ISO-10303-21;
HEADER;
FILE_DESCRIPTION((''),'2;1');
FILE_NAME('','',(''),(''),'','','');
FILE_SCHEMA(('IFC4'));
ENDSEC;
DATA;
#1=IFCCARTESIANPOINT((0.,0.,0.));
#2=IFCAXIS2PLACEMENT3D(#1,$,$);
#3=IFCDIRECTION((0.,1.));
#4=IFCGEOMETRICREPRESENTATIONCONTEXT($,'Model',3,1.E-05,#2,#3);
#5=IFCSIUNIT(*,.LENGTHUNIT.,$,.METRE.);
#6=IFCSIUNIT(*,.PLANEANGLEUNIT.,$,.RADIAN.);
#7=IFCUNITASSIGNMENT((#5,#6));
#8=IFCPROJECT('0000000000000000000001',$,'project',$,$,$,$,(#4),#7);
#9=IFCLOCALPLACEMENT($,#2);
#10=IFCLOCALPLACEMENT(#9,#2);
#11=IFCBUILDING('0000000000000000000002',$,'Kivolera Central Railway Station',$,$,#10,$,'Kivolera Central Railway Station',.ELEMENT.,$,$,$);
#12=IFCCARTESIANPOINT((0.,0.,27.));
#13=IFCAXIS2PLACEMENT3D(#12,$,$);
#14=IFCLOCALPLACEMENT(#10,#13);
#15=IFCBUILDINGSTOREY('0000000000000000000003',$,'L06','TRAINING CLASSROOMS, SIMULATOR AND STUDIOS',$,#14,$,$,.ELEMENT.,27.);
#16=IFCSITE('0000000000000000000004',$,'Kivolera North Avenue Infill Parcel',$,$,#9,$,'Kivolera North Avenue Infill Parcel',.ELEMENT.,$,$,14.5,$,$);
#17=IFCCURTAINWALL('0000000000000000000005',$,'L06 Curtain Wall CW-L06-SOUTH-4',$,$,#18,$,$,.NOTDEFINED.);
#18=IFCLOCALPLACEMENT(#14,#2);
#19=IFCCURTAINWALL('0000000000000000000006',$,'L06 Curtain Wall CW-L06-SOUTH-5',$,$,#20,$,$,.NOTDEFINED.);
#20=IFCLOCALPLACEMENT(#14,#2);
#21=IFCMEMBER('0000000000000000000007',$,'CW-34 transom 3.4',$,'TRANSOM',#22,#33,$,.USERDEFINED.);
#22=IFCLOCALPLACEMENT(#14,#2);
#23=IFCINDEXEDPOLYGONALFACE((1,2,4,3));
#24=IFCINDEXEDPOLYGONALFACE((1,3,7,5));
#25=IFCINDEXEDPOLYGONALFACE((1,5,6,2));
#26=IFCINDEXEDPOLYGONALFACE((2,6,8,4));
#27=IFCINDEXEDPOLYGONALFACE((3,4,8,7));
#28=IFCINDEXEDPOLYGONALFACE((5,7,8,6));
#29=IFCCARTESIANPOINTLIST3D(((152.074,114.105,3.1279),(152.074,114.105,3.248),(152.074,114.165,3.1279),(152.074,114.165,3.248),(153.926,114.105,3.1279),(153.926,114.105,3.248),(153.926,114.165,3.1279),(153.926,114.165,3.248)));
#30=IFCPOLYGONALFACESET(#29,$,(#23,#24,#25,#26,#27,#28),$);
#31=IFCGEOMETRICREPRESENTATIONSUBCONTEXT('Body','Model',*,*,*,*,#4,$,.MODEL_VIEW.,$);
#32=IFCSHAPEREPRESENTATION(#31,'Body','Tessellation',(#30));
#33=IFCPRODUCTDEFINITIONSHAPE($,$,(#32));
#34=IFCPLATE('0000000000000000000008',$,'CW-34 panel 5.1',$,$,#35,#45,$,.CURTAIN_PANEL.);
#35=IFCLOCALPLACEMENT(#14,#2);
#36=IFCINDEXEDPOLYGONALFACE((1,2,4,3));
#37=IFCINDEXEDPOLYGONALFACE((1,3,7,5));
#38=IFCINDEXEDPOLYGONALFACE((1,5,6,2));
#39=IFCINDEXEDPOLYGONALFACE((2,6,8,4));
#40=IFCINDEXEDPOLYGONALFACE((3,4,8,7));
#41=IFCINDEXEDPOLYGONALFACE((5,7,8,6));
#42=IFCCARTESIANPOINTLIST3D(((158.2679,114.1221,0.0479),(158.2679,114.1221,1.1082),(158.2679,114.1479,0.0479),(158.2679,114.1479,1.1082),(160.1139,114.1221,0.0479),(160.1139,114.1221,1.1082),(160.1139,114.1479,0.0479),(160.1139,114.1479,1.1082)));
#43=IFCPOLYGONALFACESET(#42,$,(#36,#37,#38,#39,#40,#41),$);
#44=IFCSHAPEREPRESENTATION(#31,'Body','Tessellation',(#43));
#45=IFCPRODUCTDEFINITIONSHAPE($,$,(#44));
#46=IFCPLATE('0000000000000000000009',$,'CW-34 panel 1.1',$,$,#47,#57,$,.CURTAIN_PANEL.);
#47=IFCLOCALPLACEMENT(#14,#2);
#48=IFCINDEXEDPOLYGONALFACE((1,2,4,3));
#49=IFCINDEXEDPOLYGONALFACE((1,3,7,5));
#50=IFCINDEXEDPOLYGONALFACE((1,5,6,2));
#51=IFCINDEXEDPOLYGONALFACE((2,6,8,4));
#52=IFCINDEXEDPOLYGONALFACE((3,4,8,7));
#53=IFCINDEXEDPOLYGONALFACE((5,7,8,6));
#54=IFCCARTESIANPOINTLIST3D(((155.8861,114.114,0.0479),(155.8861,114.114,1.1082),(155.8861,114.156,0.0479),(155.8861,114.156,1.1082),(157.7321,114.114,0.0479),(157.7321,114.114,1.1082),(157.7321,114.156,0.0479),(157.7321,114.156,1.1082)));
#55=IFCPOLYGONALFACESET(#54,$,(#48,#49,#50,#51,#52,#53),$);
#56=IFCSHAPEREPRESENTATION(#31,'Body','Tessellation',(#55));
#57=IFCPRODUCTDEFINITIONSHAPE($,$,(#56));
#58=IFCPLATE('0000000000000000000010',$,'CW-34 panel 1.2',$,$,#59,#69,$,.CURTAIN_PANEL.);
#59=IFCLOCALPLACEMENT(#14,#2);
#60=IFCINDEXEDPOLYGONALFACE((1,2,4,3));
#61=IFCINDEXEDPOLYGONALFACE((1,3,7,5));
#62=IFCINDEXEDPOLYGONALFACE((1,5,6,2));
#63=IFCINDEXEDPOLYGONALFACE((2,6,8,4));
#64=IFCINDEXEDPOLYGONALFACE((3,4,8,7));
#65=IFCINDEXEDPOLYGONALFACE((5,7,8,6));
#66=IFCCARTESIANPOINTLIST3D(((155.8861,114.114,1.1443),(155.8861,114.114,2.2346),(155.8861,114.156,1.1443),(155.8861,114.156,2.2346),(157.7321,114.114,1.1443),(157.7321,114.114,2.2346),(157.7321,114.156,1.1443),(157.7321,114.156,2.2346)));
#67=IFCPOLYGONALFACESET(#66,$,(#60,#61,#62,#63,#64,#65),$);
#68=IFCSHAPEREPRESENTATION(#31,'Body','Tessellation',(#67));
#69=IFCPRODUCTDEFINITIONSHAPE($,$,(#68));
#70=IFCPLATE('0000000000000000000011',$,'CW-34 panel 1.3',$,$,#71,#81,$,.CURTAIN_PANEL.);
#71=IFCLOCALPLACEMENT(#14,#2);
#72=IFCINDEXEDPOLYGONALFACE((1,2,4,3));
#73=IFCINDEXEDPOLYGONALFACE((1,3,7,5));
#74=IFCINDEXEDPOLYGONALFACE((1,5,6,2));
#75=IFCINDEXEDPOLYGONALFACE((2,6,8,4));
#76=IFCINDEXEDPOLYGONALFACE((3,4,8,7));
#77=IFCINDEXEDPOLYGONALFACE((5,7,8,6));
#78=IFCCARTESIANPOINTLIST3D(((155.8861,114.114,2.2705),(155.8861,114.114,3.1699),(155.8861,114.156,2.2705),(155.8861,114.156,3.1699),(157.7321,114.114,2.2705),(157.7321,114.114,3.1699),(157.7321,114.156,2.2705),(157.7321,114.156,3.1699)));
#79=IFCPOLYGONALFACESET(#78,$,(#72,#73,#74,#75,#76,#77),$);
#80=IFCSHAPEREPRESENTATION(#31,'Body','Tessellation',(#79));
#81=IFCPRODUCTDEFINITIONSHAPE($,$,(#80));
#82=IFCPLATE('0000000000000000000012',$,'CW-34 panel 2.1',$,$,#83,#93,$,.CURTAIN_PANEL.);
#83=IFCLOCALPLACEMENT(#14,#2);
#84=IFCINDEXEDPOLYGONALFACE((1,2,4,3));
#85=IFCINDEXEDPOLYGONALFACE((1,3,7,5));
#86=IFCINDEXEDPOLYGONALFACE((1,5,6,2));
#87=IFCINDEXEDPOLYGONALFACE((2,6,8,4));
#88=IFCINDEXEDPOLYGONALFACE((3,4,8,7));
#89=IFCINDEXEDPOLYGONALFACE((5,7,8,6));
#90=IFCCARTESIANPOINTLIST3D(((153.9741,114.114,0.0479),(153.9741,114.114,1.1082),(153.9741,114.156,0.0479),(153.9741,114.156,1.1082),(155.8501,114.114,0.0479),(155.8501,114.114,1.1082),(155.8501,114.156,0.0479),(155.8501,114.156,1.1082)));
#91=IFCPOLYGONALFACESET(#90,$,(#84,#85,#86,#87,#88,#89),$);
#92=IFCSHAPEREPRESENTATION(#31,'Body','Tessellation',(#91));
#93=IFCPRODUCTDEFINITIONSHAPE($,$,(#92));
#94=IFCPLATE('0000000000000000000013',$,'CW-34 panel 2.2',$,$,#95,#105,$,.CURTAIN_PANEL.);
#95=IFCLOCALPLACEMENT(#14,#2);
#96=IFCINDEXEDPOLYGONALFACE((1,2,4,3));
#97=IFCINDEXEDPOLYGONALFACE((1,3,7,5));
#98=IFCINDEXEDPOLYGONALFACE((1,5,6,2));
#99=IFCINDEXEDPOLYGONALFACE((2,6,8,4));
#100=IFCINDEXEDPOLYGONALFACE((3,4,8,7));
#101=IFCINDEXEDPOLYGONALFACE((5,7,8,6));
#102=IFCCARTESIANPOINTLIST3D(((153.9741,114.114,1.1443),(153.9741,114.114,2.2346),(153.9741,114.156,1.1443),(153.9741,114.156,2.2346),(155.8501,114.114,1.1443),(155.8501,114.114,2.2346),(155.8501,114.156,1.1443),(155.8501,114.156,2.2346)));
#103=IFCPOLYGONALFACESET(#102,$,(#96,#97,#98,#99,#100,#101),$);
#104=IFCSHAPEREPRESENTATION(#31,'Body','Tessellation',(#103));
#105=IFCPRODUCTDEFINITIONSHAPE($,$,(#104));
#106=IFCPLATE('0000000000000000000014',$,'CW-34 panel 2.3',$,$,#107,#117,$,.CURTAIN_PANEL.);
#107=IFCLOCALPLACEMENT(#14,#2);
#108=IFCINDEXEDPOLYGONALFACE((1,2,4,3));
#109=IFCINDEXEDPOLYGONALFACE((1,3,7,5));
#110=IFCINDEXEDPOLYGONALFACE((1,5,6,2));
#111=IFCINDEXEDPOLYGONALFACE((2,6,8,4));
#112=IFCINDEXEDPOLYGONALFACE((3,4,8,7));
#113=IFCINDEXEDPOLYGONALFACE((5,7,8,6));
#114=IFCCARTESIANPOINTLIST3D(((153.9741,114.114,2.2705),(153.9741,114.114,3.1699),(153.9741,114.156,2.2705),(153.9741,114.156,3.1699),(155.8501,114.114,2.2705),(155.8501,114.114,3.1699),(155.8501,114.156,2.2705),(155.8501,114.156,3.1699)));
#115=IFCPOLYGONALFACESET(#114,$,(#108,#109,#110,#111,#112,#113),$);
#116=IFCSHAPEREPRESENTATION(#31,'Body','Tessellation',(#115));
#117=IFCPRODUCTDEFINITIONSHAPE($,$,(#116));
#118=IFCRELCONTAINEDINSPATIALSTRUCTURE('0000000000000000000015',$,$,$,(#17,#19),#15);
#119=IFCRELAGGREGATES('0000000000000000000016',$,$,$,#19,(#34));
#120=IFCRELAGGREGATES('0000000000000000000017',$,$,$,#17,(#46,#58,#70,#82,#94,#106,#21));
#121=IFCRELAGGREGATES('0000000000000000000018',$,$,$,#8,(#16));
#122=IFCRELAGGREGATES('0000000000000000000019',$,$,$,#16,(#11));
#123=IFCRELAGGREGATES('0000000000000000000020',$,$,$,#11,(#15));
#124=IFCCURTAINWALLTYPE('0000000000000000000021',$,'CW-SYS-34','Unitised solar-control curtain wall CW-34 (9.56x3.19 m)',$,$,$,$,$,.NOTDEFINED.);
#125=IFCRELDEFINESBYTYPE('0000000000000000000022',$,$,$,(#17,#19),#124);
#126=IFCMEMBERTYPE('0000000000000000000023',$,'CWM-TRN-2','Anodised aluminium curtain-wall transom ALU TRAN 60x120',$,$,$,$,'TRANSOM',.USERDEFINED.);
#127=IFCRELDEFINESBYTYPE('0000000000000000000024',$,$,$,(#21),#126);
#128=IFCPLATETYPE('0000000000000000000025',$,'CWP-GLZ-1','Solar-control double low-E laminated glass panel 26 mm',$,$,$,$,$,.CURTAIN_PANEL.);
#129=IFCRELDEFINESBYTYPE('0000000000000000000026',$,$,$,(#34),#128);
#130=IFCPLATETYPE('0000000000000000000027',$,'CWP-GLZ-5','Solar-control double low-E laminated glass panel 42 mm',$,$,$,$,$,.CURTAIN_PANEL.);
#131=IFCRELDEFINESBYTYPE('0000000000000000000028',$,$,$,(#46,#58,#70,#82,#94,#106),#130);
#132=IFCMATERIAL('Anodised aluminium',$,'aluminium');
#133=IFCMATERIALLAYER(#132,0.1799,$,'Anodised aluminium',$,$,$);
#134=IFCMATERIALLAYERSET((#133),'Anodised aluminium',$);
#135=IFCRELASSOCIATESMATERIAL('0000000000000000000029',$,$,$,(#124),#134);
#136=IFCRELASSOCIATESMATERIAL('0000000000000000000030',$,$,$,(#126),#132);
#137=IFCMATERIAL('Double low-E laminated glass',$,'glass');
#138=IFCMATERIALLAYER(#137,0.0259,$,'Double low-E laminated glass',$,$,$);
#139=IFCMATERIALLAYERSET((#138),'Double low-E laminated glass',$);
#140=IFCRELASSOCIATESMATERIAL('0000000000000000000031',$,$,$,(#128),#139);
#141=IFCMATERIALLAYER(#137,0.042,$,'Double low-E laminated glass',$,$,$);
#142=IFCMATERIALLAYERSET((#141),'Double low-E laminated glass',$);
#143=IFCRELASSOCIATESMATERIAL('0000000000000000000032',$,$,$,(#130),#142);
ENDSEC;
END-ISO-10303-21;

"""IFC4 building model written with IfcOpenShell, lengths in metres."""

from ifc_helpers import new_model, si_unit, direction, frame, origin, origin_2d, place, context, subcontext, project, spatial, rectangle, extrude, material, layer, layer_set, material_profile, profile_set, type_object, element, aggregate, save


model = new_model("IFC4")

# Units and contexts
model_context = context("Model", 3, precision=1e-05, world=origin(), true_north=direction((0.0, 1.0)))
body_context = subcontext(model_context, "Body", "Model", "MODEL_VIEW")
ifc_project = project(units=[si_unit("LENGTHUNIT", "METRE"), si_unit("PLANEANGLEUNIT", "RADIAN")], contexts=[model_context])

# Site, building, storey
site_placement = place(None, origin())
site = spatial("IfcSite", under=ifc_project, at=site_placement, Name="Kivolera North Avenue Infill Parcel", LongName="Kivolera North Avenue Infill Parcel", CompositionType="ELEMENT", RefElevation=14.5)
building_placement = place(site_placement, origin())
building = spatial("IfcBuilding", under=site, at=building_placement, Name="Kivolera Central Railway Station", LongName="Kivolera Central Railway Station", CompositionType="ELEMENT")
storey_placement = place(building_placement, frame((0.0, 0.0, 27.0)))
storey = spatial("IfcBuildingStorey", under=building, at=storey_placement, Name="L06", Description="TRAINING CLASSROOMS, SIMULATOR AND STUDIOS", CompositionType="ELEMENT", Elevation=27.0)

# Curtain wall
ifc_material_1 = material(Name="Anodised aluminium", Category="aluminium")
ifc_layer_1 = layer(ifc_material_1, 0.1799, Name="Anodised aluminium")
ifc_layer_set_1 = layer_set([ifc_layer_1], Name="Anodised aluminium")
curtain_wall_type = type_object("IfcCurtainWallType", Name="CW-SYS-34", Description="Unitised solar-control curtain wall CW-34 (9.56x3.19 m)", PredefinedType="NOTDEFINED", material=ifc_layer_set_1)
curtain_wall_1_placement = place(storey_placement, origin())
curtain_wall_1 = element("IfcCurtainWall", 1, at=curtain_wall_1_placement, inside=storey, type_object=curtain_wall_type, Name="L06 Curtain Wall CW-L06-SOUTH-4", PredefinedType="NOTDEFINED")

# Curtain wall
curtain_wall_2_placement = place(storey_placement, origin())
curtain_wall_2 = element("IfcCurtainWall", 2, at=curtain_wall_2_placement, inside=storey, type_object=curtain_wall_type, Name="L06 Curtain Wall CW-L06-SOUTH-5", PredefinedType="NOTDEFINED")

# Member
ifc_material_profile_1 = material_profile(ifc_material_1, rectangle(XDim=0.0601, YDim=0.1201, at=origin_2d()), Name="ALU TRAN 60x120")
ifc_profile_set_1 = profile_set([ifc_material_profile_1], Name="Anodised aluminium")
member_type_1 = type_object("IfcMemberType", Name="CWM-TRN-2", Description="Anodised aluminium curtain-wall transom ALU TRAN 60x120", ElementType="TRANSOM", PredefinedType="USERDEFINED", material=ifc_profile_set_1)
member_1_placement = place(storey_placement, frame((153.926, 114.135, 3.188), z_axis=(-1.0, 0.0, 0.0), x_axis=(0.0, -1.0, 0.0)))
member_1 = element("IfcMember", 3, at=member_1_placement, type_object=member_type_1, Name="CW-34 transom 3.4", ObjectType="TRANSOM", PredefinedType="USERDEFINED", context=body_context, shape_type="SweptSolid", body=[
    extrude(rectangle(XDim=0.0601, YDim=0.1201, at=origin_2d()), origin(), (0.0, 0.0, 1.0), 1.8521),
])

# Plates
ifc_material_2 = material(Name="Double low-E laminated glass", Category="glass")
ifc_layer_2 = layer(ifc_material_2, 0.0259, Name="Double low-E laminated glass")
ifc_layer_set_2 = layer_set([ifc_layer_2], Name="Double low-E laminated glass")
plate_type_1 = type_object("IfcPlateType", Name="CWP-GLZ-1", Description="Solar-control double low-E laminated glass panel 26 mm", PredefinedType="CURTAIN_PANEL", material=ifc_layer_set_2)
plate_1_placement = place(storey_placement, frame((159.1909, 114.135, 0.0479), z_axis=(0.0, 0.0, 1.0), x_axis=(-1.0, 0.0, 0.0)))
plate_1 = element("IfcPlate", 4, at=plate_1_placement, type_object=plate_type_1, Name="CW-34 panel 5.1", PredefinedType="CURTAIN_PANEL", context=body_context, shape_type="SweptSolid", body=[
    extrude(rectangle(XDim=1.8459, YDim=0.0259, at=origin_2d()), origin(), (0.0, 0.0, 1.0), 1.0603),
])
aggregate(curtain_wall_2, [plate_1])
ifc_layer_3 = layer(ifc_material_2, 0.042, Name="Double low-E laminated glass")
ifc_layer_set_3 = layer_set([ifc_layer_3], Name="Double low-E laminated glass")
plate_type_2 = type_object("IfcPlateType", Name="CWP-GLZ-5", Description="Solar-control double low-E laminated glass panel 42 mm", PredefinedType="CURTAIN_PANEL", material=ifc_layer_set_3)
plate_2_placement = place(storey_placement, frame((156.8091, 114.135, 0.0479), z_axis=(0.0, 0.0, 1.0), x_axis=(-1.0, 0.0, 0.0)))
plate_2 = element("IfcPlate", 5, at=plate_2_placement, type_object=plate_type_2, Name="CW-34 panel 1.1", PredefinedType="CURTAIN_PANEL", context=body_context, shape_type="SweptSolid", body=[
    extrude(rectangle(XDim=1.8459, YDim=0.042, at=origin_2d()), origin(), (0.0, 0.0, 1.0), 1.0603),
])
plate_3_placement = place(storey_placement, frame((156.8091, 114.135, 1.1443), z_axis=(0.0, 0.0, 1.0), x_axis=(-1.0, 0.0, 0.0)))
plate_3 = element("IfcPlate", 6, at=plate_3_placement, type_object=plate_type_2, Name="CW-34 panel 1.2", PredefinedType="CURTAIN_PANEL", context=body_context, shape_type="SweptSolid", body=[
    extrude(rectangle(XDim=1.8459, YDim=0.042, at=origin_2d()), origin(), (0.0, 0.0, 1.0), 1.0903),
])
plate_4_placement = place(storey_placement, frame((156.8091, 114.135, 2.2705), z_axis=(0.0, 0.0, 1.0), x_axis=(-1.0, 0.0, 0.0)))
plate_4 = element("IfcPlate", 7, at=plate_4_placement, type_object=plate_type_2, Name="CW-34 panel 1.3", PredefinedType="CURTAIN_PANEL", context=body_context, shape_type="SweptSolid", body=[
    extrude(rectangle(XDim=1.8459, YDim=0.042, at=origin_2d()), origin(), (0.0, 0.0, 1.0), 0.8994),
])
plate_5_placement = place(storey_placement, frame((154.9121, 114.135, 0.0479), z_axis=(0.0, 0.0, 1.0), x_axis=(-1.0, 0.0, 0.0)))
plate_5 = element("IfcPlate", 8, at=plate_5_placement, type_object=plate_type_2, Name="CW-34 panel 2.1", PredefinedType="CURTAIN_PANEL", context=body_context, shape_type="SweptSolid", body=[
    extrude(rectangle(XDim=1.876, YDim=0.042, at=origin_2d()), origin(), (0.0, 0.0, 1.0), 1.0603),
])
plate_6_placement = place(storey_placement, frame((154.9121, 114.135, 1.1443), z_axis=(0.0, 0.0, 1.0), x_axis=(-1.0, 0.0, 0.0)))
plate_6 = element("IfcPlate", 9, at=plate_6_placement, type_object=plate_type_2, Name="CW-34 panel 2.2", PredefinedType="CURTAIN_PANEL", context=body_context, shape_type="SweptSolid", body=[
    extrude(rectangle(XDim=1.876, YDim=0.042, at=origin_2d()), origin(), (0.0, 0.0, 1.0), 1.0903),
])
plate_7_placement = place(storey_placement, frame((154.9121, 114.135, 2.2705), z_axis=(0.0, 0.0, 1.0), x_axis=(-1.0, 0.0, 0.0)))
plate_7 = element("IfcPlate", 10, at=plate_7_placement, type_object=plate_type_2, Name="CW-34 panel 2.3", PredefinedType="CURTAIN_PANEL", context=body_context, shape_type="SweptSolid", body=[
    extrude(rectangle(XDim=1.876, YDim=0.042, at=origin_2d()), origin(), (0.0, 0.0, 1.0), 0.8994),
])
aggregate(curtain_wall_1, [plate_2, plate_3, plate_4, plate_5, plate_6, plate_7, member_1])

save(model, "model.ifc")
